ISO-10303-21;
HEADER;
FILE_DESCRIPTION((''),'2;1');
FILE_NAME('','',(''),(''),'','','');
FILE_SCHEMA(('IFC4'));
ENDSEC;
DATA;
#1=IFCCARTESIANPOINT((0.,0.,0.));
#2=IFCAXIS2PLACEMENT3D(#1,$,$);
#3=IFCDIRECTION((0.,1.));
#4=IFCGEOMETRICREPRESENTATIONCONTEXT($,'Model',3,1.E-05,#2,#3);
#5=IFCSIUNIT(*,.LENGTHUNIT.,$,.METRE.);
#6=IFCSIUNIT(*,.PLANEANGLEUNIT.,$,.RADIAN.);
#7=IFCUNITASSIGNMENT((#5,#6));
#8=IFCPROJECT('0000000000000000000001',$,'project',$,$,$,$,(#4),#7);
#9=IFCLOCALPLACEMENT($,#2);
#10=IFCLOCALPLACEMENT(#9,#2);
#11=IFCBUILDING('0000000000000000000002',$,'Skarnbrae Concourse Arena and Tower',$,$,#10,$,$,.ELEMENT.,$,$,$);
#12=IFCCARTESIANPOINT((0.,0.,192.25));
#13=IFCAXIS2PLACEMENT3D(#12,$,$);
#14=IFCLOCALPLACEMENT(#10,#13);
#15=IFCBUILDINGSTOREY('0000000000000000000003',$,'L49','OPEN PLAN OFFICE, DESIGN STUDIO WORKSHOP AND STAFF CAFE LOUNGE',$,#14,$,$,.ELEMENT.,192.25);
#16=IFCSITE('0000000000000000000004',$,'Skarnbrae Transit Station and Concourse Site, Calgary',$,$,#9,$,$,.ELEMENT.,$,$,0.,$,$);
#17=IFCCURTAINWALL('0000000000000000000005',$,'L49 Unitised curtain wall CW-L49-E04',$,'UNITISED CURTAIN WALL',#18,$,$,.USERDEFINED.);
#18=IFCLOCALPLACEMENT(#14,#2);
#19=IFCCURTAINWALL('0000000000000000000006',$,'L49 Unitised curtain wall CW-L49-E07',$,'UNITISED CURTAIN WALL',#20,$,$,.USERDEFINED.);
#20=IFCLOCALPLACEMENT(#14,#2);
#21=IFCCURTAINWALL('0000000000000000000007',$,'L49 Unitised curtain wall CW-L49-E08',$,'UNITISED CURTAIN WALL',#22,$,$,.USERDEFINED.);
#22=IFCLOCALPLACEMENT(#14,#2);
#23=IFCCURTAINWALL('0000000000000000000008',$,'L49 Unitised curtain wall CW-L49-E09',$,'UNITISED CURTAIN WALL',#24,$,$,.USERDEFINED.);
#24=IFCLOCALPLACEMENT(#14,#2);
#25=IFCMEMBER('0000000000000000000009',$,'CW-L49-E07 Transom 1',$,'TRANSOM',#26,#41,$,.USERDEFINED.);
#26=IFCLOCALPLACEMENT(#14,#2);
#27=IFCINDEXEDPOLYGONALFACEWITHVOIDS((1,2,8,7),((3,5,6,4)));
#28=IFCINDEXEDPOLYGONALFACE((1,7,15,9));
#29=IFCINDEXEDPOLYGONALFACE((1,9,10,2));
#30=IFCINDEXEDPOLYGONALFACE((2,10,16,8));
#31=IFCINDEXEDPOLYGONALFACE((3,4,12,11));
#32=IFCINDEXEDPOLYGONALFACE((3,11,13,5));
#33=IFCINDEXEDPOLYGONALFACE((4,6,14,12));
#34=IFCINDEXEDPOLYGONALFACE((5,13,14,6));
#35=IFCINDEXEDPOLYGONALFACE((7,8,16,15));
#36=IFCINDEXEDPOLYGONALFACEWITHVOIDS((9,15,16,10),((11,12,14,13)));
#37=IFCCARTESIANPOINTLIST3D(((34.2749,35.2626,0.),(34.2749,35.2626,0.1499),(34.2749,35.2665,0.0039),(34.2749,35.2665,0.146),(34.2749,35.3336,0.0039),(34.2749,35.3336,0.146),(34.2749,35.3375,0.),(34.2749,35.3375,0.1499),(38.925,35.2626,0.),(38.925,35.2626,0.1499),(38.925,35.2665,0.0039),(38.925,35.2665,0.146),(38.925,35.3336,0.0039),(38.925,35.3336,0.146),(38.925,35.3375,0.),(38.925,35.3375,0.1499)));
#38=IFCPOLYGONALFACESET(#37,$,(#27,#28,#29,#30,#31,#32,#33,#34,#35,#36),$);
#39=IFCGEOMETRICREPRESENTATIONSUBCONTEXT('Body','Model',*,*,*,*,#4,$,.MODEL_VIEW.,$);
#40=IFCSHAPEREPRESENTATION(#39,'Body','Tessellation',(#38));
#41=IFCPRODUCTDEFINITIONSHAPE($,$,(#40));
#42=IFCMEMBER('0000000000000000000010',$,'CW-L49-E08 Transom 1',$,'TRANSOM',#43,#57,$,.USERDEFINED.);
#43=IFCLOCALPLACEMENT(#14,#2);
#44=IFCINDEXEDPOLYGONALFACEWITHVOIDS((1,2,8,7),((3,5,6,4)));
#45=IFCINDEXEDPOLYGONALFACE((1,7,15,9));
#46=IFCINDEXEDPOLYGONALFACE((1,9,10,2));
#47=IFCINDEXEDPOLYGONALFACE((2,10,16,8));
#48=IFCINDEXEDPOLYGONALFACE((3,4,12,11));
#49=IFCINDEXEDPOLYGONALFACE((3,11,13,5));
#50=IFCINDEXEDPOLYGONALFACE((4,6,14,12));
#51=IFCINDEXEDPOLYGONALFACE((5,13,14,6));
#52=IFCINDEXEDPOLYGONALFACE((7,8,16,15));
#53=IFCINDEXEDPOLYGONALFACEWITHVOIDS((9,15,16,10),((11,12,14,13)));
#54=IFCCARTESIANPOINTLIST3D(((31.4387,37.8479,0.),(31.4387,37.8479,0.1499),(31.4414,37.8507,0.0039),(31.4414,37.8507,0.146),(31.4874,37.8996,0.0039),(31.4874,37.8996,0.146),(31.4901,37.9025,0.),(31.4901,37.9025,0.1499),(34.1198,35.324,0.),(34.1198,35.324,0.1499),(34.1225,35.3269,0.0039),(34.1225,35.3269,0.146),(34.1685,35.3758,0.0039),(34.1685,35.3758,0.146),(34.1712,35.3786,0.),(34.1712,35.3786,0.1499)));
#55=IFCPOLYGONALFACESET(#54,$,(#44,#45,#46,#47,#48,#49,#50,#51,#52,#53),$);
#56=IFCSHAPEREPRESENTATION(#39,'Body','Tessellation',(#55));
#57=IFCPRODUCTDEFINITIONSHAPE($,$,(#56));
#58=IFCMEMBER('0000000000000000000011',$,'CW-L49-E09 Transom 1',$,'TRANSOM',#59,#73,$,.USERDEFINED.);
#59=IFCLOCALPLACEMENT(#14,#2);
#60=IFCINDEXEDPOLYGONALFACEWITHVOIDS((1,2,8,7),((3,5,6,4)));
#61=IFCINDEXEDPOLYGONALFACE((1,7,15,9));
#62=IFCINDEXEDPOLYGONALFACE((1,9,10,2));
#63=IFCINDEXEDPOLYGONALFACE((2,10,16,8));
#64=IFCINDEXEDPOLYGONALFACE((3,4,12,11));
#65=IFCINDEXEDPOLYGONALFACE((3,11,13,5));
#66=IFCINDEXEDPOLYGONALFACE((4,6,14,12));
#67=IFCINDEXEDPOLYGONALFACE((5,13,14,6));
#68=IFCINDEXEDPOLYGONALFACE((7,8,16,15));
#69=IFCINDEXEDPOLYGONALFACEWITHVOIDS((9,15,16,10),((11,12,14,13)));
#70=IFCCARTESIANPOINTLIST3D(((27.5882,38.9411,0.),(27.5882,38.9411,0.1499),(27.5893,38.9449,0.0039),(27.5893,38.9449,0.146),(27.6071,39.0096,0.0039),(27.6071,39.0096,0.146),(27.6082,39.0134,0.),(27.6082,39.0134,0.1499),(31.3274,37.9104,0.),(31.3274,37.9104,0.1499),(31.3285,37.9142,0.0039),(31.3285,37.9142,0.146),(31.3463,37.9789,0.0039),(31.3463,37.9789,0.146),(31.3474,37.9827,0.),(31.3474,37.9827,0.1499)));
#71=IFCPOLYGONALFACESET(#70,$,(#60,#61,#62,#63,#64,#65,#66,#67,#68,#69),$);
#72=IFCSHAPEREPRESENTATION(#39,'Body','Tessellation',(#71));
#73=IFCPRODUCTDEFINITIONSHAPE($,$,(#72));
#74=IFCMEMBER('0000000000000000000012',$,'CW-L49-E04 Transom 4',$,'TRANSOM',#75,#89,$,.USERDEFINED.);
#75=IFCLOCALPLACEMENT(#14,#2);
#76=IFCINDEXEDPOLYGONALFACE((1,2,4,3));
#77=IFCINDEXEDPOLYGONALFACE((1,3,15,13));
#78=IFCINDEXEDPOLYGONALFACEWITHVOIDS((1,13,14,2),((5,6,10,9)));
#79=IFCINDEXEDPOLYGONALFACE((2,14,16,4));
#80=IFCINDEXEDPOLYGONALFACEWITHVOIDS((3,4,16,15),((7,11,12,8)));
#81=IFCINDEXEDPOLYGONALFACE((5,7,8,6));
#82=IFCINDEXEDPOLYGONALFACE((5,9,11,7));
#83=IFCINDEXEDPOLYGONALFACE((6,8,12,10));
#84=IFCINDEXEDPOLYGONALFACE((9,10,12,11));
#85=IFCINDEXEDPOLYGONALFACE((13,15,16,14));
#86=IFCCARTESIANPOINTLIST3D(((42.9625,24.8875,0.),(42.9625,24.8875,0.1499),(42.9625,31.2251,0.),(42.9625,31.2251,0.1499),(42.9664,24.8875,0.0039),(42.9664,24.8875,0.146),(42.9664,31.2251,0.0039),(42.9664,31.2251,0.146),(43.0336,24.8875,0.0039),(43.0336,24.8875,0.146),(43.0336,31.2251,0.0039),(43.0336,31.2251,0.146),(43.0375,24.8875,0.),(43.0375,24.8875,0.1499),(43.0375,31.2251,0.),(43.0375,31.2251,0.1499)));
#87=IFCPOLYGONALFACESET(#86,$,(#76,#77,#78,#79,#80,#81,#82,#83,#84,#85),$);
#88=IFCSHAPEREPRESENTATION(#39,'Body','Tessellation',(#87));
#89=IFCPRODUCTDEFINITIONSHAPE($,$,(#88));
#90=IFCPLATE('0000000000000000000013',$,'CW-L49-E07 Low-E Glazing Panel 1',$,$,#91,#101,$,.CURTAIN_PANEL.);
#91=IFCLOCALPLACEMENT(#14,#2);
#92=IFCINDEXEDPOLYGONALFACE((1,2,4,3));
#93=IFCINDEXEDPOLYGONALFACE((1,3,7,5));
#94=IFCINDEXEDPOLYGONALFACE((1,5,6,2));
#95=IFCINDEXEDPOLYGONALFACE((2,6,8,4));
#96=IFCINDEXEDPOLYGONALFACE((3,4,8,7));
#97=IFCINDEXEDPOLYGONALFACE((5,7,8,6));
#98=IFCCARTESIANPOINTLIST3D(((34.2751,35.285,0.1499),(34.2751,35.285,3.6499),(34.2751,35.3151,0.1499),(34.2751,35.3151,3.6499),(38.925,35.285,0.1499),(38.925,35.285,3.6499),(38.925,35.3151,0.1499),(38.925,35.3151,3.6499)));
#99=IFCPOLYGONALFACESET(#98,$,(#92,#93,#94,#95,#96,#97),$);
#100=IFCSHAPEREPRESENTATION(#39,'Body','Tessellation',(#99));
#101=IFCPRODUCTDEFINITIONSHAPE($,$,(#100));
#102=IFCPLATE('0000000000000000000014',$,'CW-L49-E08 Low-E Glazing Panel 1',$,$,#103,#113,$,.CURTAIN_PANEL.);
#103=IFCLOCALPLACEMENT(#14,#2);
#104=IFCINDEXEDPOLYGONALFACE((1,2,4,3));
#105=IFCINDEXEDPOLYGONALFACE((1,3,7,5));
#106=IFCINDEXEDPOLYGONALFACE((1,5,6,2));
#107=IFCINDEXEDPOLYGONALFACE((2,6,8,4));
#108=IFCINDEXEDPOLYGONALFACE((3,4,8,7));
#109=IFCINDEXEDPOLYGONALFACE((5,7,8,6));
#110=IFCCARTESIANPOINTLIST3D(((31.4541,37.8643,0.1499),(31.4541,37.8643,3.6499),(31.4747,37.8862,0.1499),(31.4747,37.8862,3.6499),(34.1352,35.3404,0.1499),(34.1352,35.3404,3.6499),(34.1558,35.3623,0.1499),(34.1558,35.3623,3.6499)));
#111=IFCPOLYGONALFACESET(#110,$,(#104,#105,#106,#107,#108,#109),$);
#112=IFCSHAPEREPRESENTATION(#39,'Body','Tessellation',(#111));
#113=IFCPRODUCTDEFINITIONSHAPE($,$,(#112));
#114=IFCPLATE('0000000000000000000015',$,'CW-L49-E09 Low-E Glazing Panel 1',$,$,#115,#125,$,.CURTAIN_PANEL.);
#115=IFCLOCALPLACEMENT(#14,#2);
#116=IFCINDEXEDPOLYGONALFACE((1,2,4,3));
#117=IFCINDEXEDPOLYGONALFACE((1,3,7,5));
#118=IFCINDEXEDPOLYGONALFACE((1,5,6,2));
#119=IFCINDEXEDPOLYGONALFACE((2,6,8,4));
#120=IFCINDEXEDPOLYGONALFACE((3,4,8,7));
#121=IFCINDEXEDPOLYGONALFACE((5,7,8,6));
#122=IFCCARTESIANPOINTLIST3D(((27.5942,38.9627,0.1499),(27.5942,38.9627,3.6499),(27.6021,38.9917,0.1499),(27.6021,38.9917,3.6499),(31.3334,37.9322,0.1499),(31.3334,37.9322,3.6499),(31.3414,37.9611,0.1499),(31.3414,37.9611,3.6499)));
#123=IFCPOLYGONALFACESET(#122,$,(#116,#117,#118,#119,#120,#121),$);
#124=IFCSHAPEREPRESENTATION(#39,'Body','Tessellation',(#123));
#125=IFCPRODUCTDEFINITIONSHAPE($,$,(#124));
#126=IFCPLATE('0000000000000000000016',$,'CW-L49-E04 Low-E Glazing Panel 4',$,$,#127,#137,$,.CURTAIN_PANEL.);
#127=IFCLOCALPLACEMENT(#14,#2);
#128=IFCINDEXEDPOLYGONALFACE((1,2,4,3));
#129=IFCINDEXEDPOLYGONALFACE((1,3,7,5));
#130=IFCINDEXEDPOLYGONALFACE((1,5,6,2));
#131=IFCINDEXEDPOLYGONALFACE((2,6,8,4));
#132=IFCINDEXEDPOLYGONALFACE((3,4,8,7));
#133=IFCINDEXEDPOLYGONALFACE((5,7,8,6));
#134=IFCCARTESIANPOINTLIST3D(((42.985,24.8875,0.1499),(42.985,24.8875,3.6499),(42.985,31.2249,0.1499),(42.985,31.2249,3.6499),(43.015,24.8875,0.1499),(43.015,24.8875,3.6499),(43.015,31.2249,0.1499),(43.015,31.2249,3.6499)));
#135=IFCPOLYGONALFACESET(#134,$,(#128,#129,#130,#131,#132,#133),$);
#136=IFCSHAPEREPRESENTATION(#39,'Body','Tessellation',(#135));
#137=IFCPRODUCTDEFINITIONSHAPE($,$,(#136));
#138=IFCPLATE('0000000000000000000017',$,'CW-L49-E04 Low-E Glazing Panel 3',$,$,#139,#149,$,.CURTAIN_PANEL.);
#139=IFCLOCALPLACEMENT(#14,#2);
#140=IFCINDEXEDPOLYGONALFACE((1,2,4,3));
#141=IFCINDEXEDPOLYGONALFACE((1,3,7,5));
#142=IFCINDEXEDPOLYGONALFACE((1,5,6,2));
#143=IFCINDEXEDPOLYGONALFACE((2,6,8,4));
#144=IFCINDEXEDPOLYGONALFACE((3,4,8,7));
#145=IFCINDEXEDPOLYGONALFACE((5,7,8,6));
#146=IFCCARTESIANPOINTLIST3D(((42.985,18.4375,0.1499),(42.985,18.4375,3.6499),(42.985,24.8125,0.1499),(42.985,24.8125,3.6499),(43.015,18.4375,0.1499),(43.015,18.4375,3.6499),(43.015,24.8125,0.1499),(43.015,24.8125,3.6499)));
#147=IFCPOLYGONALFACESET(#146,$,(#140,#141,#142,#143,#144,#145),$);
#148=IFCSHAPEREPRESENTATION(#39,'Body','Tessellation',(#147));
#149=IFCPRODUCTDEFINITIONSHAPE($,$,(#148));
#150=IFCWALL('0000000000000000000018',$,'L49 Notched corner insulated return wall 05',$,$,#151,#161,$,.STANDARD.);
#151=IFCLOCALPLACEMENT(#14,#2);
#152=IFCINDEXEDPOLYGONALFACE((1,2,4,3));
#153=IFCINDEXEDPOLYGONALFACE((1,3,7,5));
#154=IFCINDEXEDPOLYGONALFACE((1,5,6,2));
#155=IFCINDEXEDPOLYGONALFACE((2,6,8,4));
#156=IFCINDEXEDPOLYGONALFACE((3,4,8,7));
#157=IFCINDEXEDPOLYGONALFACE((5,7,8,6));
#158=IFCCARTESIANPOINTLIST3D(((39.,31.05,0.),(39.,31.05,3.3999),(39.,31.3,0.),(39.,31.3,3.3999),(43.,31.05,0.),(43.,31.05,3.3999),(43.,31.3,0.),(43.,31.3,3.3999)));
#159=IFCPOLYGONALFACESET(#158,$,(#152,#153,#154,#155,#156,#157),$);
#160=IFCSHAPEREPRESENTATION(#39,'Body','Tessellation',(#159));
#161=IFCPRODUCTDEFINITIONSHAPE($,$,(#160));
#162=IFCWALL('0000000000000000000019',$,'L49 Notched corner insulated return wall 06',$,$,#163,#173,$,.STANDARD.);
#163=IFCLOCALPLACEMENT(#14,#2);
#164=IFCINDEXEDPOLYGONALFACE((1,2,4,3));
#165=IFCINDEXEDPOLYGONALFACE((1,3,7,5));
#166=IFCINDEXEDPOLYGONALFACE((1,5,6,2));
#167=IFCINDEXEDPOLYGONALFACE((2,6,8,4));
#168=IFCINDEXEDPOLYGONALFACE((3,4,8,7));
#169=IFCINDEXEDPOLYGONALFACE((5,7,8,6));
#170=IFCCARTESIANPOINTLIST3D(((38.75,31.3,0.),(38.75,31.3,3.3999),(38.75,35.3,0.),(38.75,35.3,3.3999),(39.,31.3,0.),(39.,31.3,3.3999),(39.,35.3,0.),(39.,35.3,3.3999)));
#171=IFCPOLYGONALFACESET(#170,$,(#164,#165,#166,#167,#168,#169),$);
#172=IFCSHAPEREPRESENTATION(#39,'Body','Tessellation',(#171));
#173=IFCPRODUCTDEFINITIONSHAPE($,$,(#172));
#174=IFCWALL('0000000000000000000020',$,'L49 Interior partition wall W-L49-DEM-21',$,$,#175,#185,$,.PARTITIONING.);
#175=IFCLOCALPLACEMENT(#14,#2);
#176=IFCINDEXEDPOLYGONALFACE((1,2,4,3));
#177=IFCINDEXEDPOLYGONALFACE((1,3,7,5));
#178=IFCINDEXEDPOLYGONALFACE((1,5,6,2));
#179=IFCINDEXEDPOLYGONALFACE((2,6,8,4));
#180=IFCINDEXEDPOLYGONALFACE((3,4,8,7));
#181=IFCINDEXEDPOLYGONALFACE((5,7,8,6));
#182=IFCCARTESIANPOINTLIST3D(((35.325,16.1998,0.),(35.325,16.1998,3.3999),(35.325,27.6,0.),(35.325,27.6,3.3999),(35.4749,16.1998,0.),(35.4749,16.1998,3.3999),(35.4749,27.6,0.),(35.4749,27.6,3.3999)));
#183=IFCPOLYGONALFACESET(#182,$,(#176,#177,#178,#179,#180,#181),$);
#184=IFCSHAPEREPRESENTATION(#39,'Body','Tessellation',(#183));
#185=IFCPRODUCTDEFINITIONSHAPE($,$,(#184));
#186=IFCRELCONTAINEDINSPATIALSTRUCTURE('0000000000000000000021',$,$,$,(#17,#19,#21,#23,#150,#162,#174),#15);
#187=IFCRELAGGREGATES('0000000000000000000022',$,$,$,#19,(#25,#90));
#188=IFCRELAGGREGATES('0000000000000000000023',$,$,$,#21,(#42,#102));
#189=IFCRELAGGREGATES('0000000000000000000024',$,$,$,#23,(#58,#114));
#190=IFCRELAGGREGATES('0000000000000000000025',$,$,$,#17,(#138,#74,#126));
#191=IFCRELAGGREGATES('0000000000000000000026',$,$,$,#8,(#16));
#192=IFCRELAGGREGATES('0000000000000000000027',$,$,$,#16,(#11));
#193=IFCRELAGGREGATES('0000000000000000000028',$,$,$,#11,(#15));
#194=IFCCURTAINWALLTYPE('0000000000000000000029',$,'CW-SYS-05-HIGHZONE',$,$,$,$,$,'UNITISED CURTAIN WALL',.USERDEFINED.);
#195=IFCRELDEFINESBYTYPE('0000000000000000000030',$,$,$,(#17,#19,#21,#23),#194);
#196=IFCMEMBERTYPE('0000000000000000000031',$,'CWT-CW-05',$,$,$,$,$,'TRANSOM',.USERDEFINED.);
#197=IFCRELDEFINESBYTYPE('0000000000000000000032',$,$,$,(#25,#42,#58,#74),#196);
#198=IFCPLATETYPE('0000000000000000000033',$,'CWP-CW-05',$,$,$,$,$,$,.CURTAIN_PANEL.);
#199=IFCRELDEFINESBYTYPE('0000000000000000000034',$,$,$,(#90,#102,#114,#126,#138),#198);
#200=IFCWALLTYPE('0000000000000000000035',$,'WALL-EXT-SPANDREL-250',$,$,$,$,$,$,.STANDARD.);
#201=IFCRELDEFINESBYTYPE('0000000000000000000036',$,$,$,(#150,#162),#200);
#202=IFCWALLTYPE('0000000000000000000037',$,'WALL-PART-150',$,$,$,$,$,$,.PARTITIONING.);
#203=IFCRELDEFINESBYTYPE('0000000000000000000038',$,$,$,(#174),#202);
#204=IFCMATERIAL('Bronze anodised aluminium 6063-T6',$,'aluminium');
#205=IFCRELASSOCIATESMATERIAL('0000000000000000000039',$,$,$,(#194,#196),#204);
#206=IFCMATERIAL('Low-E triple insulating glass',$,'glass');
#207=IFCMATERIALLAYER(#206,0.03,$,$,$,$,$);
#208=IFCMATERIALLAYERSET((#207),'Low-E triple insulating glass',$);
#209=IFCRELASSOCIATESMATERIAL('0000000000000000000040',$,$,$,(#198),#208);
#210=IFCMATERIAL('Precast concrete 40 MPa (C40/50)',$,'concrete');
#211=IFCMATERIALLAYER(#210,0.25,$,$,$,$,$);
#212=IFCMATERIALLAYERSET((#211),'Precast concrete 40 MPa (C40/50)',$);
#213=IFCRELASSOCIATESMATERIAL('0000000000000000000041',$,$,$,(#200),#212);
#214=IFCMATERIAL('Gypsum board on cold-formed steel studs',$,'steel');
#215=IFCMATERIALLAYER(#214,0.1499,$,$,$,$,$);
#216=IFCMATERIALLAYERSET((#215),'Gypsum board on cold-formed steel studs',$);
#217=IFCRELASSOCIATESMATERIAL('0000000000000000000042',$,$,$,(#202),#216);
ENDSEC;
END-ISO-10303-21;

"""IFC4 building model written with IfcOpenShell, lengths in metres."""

from ifc_helpers import new_model, si_unit, direction, frame, frame_2d, origin, origin_2d, place, context, subcontext, project, spatial, rectangle, hollow_rectangle, extrude, source, transform, mapped, material, layer, layer_set, material_profile, profile_set, type_object, element, aggregate, save


model = new_model("IFC4")

# Units and contexts
model_context = context("Model", 3, precision=1e-05, world=origin(), true_north=direction((0.0, 1.0)))
body_context = subcontext(model_context, "Body", "Model", "MODEL_VIEW")
ifc_project = project(units=[si_unit("LENGTHUNIT", "METRE"), si_unit("PLANEANGLEUNIT", "RADIAN")], contexts=[model_context])

# Site, building, storey
site_placement = place(None, origin())
site = spatial("IfcSite", under=ifc_project, at=site_placement, Name="Skarnbrae Transit Station and Concourse Site, Calgary", CompositionType="ELEMENT", RefElevation=0.0)
building_placement = place(site_placement, origin())
building = spatial("IfcBuilding", under=site, at=building_placement, Name="Skarnbrae Concourse Arena and Tower", CompositionType="ELEMENT")
storey_placement = place(building_placement, frame((0.0, 0.0, 192.25)))
storey = spatial("IfcBuildingStorey", under=building, at=storey_placement, Name="L49", Description="OPEN PLAN OFFICE, DESIGN STUDIO WORKSHOP AND STAFF CAFE LOUNGE", CompositionType="ELEMENT", Elevation=192.25)

# Curtain walls
ifc_material_1 = material(Name="Bronze anodised aluminium 6063-T6", Category="aluminium")
curtain_wall_type = type_object("IfcCurtainWallType", Name="CW-SYS-05-HIGHZONE", ElementType="UNITISED CURTAIN WALL", PredefinedType="USERDEFINED", material=ifc_material_1)
curtain_wall_1_placement = place(storey_placement, origin())
curtain_wall_1 = element("IfcCurtainWall", 1, at=curtain_wall_1_placement, inside=storey, type_object=curtain_wall_type, Name="L49 Unitised curtain wall CW-L49-E04", ObjectType="UNITISED CURTAIN WALL", PredefinedType="USERDEFINED")
curtain_wall_2_placement = place(storey_placement, origin())
curtain_wall_2 = element("IfcCurtainWall", 2, at=curtain_wall_2_placement, inside=storey, type_object=curtain_wall_type, Name="L49 Unitised curtain wall CW-L49-E07", ObjectType="UNITISED CURTAIN WALL", PredefinedType="USERDEFINED")
curtain_wall_3_placement = place(storey_placement, origin())
curtain_wall_3 = element("IfcCurtainWall", 3, at=curtain_wall_3_placement, inside=storey, type_object=curtain_wall_type, Name="L49 Unitised curtain wall CW-L49-E08", ObjectType="UNITISED CURTAIN WALL", PredefinedType="USERDEFINED")

# Curtain wall
curtain_wall_4_placement = place(storey_placement, origin())
curtain_wall_4 = element("IfcCurtainWall", 4, at=curtain_wall_4_placement, inside=storey, type_object=curtain_wall_type, Name="L49 Unitised curtain wall CW-L49-E09", ObjectType="UNITISED CURTAIN WALL", PredefinedType="USERDEFINED")

# Members
ifc_material_profile_1 = material_profile(ifc_material_1, hollow_rectangle(XDim=0.075, YDim=0.1499, WallThickness=0.0039, at=origin_2d()), Name="ALU-TRAN-75X150")
ifc_profile_set_1 = profile_set([ifc_material_profile_1], Name="Bronze anodised aluminium 6063-T6")
member_type_1 = type_object("IfcMemberType", Name="CWT-CW-05", ElementType="TRANSOM", PredefinedType="USERDEFINED", material=ifc_profile_set_1)
shared_shape_1 = source(origin(), body_context, "Body", "SweptSolid", [
    extrude(hollow_rectangle(XDim=0.075, YDim=0.1499, WallThickness=0.0039, at=origin_2d()), origin(), (0.0, 0.0, 1.0), 4.6501),
])
member_1_placement = place(storey_placement, frame((38.925, 35.3, 0.075), z_axis=(-1.0, 0.0, 0.0), x_axis=(0.0, -1.0, 0.0)))
member_1 = element("IfcMember", 5, at=member_1_placement, type_object=member_type_1, Name="CW-L49-E07 Transom 1", ObjectType="TRANSOM", PredefinedType="USERDEFINED", context=body_context, shape_type="MappedRepresentation", body=[
    mapped(shared_shape_1, transform((0.0, 0.0, 0.0))),
])
shared_shape_2 = source(origin(), body_context, "Body", "SweptSolid", [
    extrude(hollow_rectangle(XDim=0.075, YDim=0.1499, WallThickness=0.0039, at=origin_2d()), origin(), (0.0, 0.0, 1.0), 3.6821),
])
member_2_placement = place(storey_placement, frame((34.1455, 35.3513, 0.075), z_axis=(-0.728134, 0.685435, 0.0), x_axis=(-0.685435, -0.728134, 0.0)))
member_2 = element("IfcMember", 6, at=member_2_placement, type_object=member_type_1, Name="CW-L49-E08 Transom 1", ObjectType="TRANSOM", PredefinedType="USERDEFINED", context=body_context, shape_type="MappedRepresentation", body=[
    mapped(shared_shape_2, transform((0.0, 0.0, 0.0))),
])
shared_shape_3 = source(origin(), body_context, "Body", "SweptSolid", [
    extrude(hollow_rectangle(XDim=0.075, YDim=0.1499, WallThickness=0.0039, at=origin_2d()), origin(), (0.0, 0.0, 1.0), 3.8787),
])
member_3_placement = place(storey_placement, frame((31.3374, 37.9465, 0.075), z_axis=(-0.964043, 0.265747, 0.0), x_axis=(-0.265747, -0.964043, 0.0)))
member_3 = element("IfcMember", 7, at=member_3_placement, type_object=member_type_1, Name="CW-L49-E09 Transom 1", ObjectType="TRANSOM", PredefinedType="USERDEFINED", context=body_context, shape_type="MappedRepresentation", body=[
    mapped(shared_shape_3, transform((0.0, 0.0, 0.0))),
])
shared_shape_4 = source(origin(), body_context, "Body", "SweptSolid", [
    extrude(hollow_rectangle(XDim=0.075, YDim=0.1499, WallThickness=0.0039, at=origin_2d()), origin(), (0.0, 0.0, 1.0), 6.3376),
])
member_4_placement = place(storey_placement, frame((43.0, 24.8875, 0.075), z_axis=(0.0, 1.0, 0.0), x_axis=(-1.0, 0.0, 0.0)))
member_4 = element("IfcMember", 8, at=member_4_placement, type_object=member_type_1, Name="CW-L49-E04 Transom 4", ObjectType="TRANSOM", PredefinedType="USERDEFINED", context=body_context, shape_type="MappedRepresentation", body=[
    mapped(shared_shape_4, transform((0.0, 0.0, 0.0))),
])

# Plates
ifc_material_2 = material(Name="Low-E triple insulating glass", Category="glass")
ifc_layer_1 = layer(ifc_material_2, 0.03)
ifc_layer_set_1 = layer_set([ifc_layer_1], Name="Low-E triple insulating glass")
plate_type = type_object("IfcPlateType", Name="CWP-CW-05", PredefinedType="CURTAIN_PANEL", material=ifc_layer_set_1)
shared_shape_5 = source(origin(), body_context, "Body", "SweptSolid", [
    extrude(rectangle(XDim=4.6499, YDim=0.03, at=origin_2d()), origin(), (0.0, 0.0, 1.0), 3.5),
])
plate_1_placement = place(storey_placement, frame((36.6001, 35.3, 0.1499), z_axis=(0.0, 0.0, 1.0), x_axis=(-1.0, 0.0, 0.0)))
plate_1 = element("IfcPlate", 9, at=plate_1_placement, type_object=plate_type, Name="CW-L49-E07 Low-E Glazing Panel 1", PredefinedType="CURTAIN_PANEL", context=body_context, shape_type="MappedRepresentation", body=[
    mapped(shared_shape_5, transform((0.0, 0.0, 0.0))),
])
aggregate(curtain_wall_2, [member_1, plate_1])
shared_shape_6 = source(origin(), body_context, "Body", "SweptSolid", [
    extrude(rectangle(XDim=3.6821, YDim=0.03, at=origin_2d()), origin(), (0.0, 0.0, 1.0), 3.5),
])
plate_2_placement = place(storey_placement, frame((32.8049, 36.6133, 0.1499), z_axis=(0.0, 0.0, 1.0), x_axis=(-0.728131, 0.685438, 0.0)))
plate_2 = element("IfcPlate", 10, at=plate_2_placement, type_object=plate_type, Name="CW-L49-E08 Low-E Glazing Panel 1", PredefinedType="CURTAIN_PANEL", context=body_context, shape_type="MappedRepresentation", body=[
    mapped(shared_shape_6, transform((0.0, 0.0, 0.0))),
])
aggregate(curtain_wall_3, [member_2, plate_2])
shared_shape_7 = source(origin(), body_context, "Body", "SweptSolid", [
    extrude(rectangle(XDim=3.8787, YDim=0.03, at=origin_2d()), origin(), (0.0, 0.0, 1.0), 3.5),
])
plate_3_placement = place(storey_placement, frame((29.4678, 38.4619, 0.1499), z_axis=(0.0, 0.0, 1.0), x_axis=(-0.964057, 0.265694, 0.0)))
plate_3 = element("IfcPlate", 11, at=plate_3_placement, type_object=plate_type, Name="CW-L49-E09 Low-E Glazing Panel 1", PredefinedType="CURTAIN_PANEL", context=body_context, shape_type="MappedRepresentation", body=[
    mapped(shared_shape_7, transform((0.0, 0.0, 0.0))),
])
aggregate(curtain_wall_4, [member_3, plate_3])
shared_shape_8 = source(origin(), body_context, "Body", "SweptSolid", [
    extrude(rectangle(XDim=6.3374, YDim=0.03, at=origin_2d()), origin(), (0.0, 0.0, 1.0), 3.5),
])
plate_4_placement = place(storey_placement, frame((43.0, 28.0562, 0.1499), z_axis=(0.0, 0.0, 1.0), x_axis=(0.0, 1.0, 0.0)))
plate_4 = element("IfcPlate", 12, at=plate_4_placement, type_object=plate_type, Name="CW-L49-E04 Low-E Glazing Panel 4", PredefinedType="CURTAIN_PANEL", context=body_context, shape_type="MappedRepresentation", body=[
    mapped(shared_shape_8, transform((0.0, 0.0, 0.0))),
])
shared_shape_9 = source(origin(), body_context, "Body", "SweptSolid", [
    extrude(rectangle(XDim=6.375, YDim=0.03, at=origin_2d()), origin(), (0.0, 0.0, 1.0), 3.5),
])
plate_5_placement = place(storey_placement, frame((43.0, 21.625, 0.1499), z_axis=(0.0, 0.0, 1.0), x_axis=(0.0, 1.0, 0.0)))
plate_5 = element("IfcPlate", 13, at=plate_5_placement, type_object=plate_type, Name="CW-L49-E04 Low-E Glazing Panel 3", PredefinedType="CURTAIN_PANEL", context=body_context, shape_type="MappedRepresentation", body=[
    mapped(shared_shape_9, transform((0.0, 0.0, 0.0))),
])
aggregate(curtain_wall_1, [plate_5, member_4, plate_4])

# Walls
ifc_material_3 = material(Name="Precast concrete 40 MPa (C40/50)", Category="concrete")
ifc_layer_2 = layer(ifc_material_3, 0.25)
ifc_layer_set_2 = layer_set([ifc_layer_2], Name="Precast concrete 40 MPa (C40/50)")
wall_type_1 = type_object("IfcWallType", Name="WALL-EXT-SPANDREL-250", PredefinedType="STANDARD", material=ifc_layer_set_2)
shared_shape_10 = source(origin(), body_context, "Body", "SweptSolid", [
    extrude(rectangle(XDim=4.0, YDim=0.25, at=frame_2d((2.0, 0.0))), origin(), (0.0, 0.0, 1.0), 3.3999),
])
for number, where, z_axis, x_axis, name in (
    (14, (43.0, 31.175, 0.0), (0.0, 0.0, 1.0), (-1.0, 0.0, 0.0), "L49 Notched corner insulated return wall 05"),
    (15, (38.875, 31.3, 0.0), (0.0, 0.0, 1.0), (0.0, 1.0, 0.0), "L49 Notched corner insulated return wall 06"),
):
    element("IfcWall", number, at=place(storey_placement, frame(where, z_axis=z_axis, x_axis=x_axis)), inside=storey, type_object=wall_type_1, Name=name, PredefinedType="STANDARD", context=body_context, shape_type="MappedRepresentation", body=[
        mapped(shared_shape_10, transform((0.0, 0.0, 0.0))),
    ])
ifc_material_4 = material(Name="Gypsum board on cold-formed steel studs", Category="steel")
ifc_layer_3 = layer(ifc_material_4, 0.1499)
ifc_layer_set_3 = layer_set([ifc_layer_3], Name="Gypsum board on cold-formed steel studs")
wall_type_2 = type_object("IfcWallType", Name="WALL-PART-150", PredefinedType="PARTITIONING", material=ifc_layer_set_3)
shared_shape_11 = source(origin(), body_context, "Body", "SweptSolid", [
    extrude(rectangle(XDim=11.4001, YDim=0.1499, at=frame_2d((5.7002, 0.0))), origin(), (0.0, 0.0, 1.0), 3.3999),
])
wall_1_placement = place(storey_placement, frame((35.3999, 27.6001, 0.0), z_axis=(0.0, 0.0, 1.0), x_axis=(0.0, -1.0, 0.0)))
element("IfcWall", 16, at=wall_1_placement, inside=storey, type_object=wall_type_2, Name="L49 Interior partition wall W-L49-DEM-21", PredefinedType="PARTITIONING", context=body_context, shape_type="MappedRepresentation", body=[
    mapped(shared_shape_11, transform((0.0, 0.0, 0.0))),
])

save(model, "model.ifc")
